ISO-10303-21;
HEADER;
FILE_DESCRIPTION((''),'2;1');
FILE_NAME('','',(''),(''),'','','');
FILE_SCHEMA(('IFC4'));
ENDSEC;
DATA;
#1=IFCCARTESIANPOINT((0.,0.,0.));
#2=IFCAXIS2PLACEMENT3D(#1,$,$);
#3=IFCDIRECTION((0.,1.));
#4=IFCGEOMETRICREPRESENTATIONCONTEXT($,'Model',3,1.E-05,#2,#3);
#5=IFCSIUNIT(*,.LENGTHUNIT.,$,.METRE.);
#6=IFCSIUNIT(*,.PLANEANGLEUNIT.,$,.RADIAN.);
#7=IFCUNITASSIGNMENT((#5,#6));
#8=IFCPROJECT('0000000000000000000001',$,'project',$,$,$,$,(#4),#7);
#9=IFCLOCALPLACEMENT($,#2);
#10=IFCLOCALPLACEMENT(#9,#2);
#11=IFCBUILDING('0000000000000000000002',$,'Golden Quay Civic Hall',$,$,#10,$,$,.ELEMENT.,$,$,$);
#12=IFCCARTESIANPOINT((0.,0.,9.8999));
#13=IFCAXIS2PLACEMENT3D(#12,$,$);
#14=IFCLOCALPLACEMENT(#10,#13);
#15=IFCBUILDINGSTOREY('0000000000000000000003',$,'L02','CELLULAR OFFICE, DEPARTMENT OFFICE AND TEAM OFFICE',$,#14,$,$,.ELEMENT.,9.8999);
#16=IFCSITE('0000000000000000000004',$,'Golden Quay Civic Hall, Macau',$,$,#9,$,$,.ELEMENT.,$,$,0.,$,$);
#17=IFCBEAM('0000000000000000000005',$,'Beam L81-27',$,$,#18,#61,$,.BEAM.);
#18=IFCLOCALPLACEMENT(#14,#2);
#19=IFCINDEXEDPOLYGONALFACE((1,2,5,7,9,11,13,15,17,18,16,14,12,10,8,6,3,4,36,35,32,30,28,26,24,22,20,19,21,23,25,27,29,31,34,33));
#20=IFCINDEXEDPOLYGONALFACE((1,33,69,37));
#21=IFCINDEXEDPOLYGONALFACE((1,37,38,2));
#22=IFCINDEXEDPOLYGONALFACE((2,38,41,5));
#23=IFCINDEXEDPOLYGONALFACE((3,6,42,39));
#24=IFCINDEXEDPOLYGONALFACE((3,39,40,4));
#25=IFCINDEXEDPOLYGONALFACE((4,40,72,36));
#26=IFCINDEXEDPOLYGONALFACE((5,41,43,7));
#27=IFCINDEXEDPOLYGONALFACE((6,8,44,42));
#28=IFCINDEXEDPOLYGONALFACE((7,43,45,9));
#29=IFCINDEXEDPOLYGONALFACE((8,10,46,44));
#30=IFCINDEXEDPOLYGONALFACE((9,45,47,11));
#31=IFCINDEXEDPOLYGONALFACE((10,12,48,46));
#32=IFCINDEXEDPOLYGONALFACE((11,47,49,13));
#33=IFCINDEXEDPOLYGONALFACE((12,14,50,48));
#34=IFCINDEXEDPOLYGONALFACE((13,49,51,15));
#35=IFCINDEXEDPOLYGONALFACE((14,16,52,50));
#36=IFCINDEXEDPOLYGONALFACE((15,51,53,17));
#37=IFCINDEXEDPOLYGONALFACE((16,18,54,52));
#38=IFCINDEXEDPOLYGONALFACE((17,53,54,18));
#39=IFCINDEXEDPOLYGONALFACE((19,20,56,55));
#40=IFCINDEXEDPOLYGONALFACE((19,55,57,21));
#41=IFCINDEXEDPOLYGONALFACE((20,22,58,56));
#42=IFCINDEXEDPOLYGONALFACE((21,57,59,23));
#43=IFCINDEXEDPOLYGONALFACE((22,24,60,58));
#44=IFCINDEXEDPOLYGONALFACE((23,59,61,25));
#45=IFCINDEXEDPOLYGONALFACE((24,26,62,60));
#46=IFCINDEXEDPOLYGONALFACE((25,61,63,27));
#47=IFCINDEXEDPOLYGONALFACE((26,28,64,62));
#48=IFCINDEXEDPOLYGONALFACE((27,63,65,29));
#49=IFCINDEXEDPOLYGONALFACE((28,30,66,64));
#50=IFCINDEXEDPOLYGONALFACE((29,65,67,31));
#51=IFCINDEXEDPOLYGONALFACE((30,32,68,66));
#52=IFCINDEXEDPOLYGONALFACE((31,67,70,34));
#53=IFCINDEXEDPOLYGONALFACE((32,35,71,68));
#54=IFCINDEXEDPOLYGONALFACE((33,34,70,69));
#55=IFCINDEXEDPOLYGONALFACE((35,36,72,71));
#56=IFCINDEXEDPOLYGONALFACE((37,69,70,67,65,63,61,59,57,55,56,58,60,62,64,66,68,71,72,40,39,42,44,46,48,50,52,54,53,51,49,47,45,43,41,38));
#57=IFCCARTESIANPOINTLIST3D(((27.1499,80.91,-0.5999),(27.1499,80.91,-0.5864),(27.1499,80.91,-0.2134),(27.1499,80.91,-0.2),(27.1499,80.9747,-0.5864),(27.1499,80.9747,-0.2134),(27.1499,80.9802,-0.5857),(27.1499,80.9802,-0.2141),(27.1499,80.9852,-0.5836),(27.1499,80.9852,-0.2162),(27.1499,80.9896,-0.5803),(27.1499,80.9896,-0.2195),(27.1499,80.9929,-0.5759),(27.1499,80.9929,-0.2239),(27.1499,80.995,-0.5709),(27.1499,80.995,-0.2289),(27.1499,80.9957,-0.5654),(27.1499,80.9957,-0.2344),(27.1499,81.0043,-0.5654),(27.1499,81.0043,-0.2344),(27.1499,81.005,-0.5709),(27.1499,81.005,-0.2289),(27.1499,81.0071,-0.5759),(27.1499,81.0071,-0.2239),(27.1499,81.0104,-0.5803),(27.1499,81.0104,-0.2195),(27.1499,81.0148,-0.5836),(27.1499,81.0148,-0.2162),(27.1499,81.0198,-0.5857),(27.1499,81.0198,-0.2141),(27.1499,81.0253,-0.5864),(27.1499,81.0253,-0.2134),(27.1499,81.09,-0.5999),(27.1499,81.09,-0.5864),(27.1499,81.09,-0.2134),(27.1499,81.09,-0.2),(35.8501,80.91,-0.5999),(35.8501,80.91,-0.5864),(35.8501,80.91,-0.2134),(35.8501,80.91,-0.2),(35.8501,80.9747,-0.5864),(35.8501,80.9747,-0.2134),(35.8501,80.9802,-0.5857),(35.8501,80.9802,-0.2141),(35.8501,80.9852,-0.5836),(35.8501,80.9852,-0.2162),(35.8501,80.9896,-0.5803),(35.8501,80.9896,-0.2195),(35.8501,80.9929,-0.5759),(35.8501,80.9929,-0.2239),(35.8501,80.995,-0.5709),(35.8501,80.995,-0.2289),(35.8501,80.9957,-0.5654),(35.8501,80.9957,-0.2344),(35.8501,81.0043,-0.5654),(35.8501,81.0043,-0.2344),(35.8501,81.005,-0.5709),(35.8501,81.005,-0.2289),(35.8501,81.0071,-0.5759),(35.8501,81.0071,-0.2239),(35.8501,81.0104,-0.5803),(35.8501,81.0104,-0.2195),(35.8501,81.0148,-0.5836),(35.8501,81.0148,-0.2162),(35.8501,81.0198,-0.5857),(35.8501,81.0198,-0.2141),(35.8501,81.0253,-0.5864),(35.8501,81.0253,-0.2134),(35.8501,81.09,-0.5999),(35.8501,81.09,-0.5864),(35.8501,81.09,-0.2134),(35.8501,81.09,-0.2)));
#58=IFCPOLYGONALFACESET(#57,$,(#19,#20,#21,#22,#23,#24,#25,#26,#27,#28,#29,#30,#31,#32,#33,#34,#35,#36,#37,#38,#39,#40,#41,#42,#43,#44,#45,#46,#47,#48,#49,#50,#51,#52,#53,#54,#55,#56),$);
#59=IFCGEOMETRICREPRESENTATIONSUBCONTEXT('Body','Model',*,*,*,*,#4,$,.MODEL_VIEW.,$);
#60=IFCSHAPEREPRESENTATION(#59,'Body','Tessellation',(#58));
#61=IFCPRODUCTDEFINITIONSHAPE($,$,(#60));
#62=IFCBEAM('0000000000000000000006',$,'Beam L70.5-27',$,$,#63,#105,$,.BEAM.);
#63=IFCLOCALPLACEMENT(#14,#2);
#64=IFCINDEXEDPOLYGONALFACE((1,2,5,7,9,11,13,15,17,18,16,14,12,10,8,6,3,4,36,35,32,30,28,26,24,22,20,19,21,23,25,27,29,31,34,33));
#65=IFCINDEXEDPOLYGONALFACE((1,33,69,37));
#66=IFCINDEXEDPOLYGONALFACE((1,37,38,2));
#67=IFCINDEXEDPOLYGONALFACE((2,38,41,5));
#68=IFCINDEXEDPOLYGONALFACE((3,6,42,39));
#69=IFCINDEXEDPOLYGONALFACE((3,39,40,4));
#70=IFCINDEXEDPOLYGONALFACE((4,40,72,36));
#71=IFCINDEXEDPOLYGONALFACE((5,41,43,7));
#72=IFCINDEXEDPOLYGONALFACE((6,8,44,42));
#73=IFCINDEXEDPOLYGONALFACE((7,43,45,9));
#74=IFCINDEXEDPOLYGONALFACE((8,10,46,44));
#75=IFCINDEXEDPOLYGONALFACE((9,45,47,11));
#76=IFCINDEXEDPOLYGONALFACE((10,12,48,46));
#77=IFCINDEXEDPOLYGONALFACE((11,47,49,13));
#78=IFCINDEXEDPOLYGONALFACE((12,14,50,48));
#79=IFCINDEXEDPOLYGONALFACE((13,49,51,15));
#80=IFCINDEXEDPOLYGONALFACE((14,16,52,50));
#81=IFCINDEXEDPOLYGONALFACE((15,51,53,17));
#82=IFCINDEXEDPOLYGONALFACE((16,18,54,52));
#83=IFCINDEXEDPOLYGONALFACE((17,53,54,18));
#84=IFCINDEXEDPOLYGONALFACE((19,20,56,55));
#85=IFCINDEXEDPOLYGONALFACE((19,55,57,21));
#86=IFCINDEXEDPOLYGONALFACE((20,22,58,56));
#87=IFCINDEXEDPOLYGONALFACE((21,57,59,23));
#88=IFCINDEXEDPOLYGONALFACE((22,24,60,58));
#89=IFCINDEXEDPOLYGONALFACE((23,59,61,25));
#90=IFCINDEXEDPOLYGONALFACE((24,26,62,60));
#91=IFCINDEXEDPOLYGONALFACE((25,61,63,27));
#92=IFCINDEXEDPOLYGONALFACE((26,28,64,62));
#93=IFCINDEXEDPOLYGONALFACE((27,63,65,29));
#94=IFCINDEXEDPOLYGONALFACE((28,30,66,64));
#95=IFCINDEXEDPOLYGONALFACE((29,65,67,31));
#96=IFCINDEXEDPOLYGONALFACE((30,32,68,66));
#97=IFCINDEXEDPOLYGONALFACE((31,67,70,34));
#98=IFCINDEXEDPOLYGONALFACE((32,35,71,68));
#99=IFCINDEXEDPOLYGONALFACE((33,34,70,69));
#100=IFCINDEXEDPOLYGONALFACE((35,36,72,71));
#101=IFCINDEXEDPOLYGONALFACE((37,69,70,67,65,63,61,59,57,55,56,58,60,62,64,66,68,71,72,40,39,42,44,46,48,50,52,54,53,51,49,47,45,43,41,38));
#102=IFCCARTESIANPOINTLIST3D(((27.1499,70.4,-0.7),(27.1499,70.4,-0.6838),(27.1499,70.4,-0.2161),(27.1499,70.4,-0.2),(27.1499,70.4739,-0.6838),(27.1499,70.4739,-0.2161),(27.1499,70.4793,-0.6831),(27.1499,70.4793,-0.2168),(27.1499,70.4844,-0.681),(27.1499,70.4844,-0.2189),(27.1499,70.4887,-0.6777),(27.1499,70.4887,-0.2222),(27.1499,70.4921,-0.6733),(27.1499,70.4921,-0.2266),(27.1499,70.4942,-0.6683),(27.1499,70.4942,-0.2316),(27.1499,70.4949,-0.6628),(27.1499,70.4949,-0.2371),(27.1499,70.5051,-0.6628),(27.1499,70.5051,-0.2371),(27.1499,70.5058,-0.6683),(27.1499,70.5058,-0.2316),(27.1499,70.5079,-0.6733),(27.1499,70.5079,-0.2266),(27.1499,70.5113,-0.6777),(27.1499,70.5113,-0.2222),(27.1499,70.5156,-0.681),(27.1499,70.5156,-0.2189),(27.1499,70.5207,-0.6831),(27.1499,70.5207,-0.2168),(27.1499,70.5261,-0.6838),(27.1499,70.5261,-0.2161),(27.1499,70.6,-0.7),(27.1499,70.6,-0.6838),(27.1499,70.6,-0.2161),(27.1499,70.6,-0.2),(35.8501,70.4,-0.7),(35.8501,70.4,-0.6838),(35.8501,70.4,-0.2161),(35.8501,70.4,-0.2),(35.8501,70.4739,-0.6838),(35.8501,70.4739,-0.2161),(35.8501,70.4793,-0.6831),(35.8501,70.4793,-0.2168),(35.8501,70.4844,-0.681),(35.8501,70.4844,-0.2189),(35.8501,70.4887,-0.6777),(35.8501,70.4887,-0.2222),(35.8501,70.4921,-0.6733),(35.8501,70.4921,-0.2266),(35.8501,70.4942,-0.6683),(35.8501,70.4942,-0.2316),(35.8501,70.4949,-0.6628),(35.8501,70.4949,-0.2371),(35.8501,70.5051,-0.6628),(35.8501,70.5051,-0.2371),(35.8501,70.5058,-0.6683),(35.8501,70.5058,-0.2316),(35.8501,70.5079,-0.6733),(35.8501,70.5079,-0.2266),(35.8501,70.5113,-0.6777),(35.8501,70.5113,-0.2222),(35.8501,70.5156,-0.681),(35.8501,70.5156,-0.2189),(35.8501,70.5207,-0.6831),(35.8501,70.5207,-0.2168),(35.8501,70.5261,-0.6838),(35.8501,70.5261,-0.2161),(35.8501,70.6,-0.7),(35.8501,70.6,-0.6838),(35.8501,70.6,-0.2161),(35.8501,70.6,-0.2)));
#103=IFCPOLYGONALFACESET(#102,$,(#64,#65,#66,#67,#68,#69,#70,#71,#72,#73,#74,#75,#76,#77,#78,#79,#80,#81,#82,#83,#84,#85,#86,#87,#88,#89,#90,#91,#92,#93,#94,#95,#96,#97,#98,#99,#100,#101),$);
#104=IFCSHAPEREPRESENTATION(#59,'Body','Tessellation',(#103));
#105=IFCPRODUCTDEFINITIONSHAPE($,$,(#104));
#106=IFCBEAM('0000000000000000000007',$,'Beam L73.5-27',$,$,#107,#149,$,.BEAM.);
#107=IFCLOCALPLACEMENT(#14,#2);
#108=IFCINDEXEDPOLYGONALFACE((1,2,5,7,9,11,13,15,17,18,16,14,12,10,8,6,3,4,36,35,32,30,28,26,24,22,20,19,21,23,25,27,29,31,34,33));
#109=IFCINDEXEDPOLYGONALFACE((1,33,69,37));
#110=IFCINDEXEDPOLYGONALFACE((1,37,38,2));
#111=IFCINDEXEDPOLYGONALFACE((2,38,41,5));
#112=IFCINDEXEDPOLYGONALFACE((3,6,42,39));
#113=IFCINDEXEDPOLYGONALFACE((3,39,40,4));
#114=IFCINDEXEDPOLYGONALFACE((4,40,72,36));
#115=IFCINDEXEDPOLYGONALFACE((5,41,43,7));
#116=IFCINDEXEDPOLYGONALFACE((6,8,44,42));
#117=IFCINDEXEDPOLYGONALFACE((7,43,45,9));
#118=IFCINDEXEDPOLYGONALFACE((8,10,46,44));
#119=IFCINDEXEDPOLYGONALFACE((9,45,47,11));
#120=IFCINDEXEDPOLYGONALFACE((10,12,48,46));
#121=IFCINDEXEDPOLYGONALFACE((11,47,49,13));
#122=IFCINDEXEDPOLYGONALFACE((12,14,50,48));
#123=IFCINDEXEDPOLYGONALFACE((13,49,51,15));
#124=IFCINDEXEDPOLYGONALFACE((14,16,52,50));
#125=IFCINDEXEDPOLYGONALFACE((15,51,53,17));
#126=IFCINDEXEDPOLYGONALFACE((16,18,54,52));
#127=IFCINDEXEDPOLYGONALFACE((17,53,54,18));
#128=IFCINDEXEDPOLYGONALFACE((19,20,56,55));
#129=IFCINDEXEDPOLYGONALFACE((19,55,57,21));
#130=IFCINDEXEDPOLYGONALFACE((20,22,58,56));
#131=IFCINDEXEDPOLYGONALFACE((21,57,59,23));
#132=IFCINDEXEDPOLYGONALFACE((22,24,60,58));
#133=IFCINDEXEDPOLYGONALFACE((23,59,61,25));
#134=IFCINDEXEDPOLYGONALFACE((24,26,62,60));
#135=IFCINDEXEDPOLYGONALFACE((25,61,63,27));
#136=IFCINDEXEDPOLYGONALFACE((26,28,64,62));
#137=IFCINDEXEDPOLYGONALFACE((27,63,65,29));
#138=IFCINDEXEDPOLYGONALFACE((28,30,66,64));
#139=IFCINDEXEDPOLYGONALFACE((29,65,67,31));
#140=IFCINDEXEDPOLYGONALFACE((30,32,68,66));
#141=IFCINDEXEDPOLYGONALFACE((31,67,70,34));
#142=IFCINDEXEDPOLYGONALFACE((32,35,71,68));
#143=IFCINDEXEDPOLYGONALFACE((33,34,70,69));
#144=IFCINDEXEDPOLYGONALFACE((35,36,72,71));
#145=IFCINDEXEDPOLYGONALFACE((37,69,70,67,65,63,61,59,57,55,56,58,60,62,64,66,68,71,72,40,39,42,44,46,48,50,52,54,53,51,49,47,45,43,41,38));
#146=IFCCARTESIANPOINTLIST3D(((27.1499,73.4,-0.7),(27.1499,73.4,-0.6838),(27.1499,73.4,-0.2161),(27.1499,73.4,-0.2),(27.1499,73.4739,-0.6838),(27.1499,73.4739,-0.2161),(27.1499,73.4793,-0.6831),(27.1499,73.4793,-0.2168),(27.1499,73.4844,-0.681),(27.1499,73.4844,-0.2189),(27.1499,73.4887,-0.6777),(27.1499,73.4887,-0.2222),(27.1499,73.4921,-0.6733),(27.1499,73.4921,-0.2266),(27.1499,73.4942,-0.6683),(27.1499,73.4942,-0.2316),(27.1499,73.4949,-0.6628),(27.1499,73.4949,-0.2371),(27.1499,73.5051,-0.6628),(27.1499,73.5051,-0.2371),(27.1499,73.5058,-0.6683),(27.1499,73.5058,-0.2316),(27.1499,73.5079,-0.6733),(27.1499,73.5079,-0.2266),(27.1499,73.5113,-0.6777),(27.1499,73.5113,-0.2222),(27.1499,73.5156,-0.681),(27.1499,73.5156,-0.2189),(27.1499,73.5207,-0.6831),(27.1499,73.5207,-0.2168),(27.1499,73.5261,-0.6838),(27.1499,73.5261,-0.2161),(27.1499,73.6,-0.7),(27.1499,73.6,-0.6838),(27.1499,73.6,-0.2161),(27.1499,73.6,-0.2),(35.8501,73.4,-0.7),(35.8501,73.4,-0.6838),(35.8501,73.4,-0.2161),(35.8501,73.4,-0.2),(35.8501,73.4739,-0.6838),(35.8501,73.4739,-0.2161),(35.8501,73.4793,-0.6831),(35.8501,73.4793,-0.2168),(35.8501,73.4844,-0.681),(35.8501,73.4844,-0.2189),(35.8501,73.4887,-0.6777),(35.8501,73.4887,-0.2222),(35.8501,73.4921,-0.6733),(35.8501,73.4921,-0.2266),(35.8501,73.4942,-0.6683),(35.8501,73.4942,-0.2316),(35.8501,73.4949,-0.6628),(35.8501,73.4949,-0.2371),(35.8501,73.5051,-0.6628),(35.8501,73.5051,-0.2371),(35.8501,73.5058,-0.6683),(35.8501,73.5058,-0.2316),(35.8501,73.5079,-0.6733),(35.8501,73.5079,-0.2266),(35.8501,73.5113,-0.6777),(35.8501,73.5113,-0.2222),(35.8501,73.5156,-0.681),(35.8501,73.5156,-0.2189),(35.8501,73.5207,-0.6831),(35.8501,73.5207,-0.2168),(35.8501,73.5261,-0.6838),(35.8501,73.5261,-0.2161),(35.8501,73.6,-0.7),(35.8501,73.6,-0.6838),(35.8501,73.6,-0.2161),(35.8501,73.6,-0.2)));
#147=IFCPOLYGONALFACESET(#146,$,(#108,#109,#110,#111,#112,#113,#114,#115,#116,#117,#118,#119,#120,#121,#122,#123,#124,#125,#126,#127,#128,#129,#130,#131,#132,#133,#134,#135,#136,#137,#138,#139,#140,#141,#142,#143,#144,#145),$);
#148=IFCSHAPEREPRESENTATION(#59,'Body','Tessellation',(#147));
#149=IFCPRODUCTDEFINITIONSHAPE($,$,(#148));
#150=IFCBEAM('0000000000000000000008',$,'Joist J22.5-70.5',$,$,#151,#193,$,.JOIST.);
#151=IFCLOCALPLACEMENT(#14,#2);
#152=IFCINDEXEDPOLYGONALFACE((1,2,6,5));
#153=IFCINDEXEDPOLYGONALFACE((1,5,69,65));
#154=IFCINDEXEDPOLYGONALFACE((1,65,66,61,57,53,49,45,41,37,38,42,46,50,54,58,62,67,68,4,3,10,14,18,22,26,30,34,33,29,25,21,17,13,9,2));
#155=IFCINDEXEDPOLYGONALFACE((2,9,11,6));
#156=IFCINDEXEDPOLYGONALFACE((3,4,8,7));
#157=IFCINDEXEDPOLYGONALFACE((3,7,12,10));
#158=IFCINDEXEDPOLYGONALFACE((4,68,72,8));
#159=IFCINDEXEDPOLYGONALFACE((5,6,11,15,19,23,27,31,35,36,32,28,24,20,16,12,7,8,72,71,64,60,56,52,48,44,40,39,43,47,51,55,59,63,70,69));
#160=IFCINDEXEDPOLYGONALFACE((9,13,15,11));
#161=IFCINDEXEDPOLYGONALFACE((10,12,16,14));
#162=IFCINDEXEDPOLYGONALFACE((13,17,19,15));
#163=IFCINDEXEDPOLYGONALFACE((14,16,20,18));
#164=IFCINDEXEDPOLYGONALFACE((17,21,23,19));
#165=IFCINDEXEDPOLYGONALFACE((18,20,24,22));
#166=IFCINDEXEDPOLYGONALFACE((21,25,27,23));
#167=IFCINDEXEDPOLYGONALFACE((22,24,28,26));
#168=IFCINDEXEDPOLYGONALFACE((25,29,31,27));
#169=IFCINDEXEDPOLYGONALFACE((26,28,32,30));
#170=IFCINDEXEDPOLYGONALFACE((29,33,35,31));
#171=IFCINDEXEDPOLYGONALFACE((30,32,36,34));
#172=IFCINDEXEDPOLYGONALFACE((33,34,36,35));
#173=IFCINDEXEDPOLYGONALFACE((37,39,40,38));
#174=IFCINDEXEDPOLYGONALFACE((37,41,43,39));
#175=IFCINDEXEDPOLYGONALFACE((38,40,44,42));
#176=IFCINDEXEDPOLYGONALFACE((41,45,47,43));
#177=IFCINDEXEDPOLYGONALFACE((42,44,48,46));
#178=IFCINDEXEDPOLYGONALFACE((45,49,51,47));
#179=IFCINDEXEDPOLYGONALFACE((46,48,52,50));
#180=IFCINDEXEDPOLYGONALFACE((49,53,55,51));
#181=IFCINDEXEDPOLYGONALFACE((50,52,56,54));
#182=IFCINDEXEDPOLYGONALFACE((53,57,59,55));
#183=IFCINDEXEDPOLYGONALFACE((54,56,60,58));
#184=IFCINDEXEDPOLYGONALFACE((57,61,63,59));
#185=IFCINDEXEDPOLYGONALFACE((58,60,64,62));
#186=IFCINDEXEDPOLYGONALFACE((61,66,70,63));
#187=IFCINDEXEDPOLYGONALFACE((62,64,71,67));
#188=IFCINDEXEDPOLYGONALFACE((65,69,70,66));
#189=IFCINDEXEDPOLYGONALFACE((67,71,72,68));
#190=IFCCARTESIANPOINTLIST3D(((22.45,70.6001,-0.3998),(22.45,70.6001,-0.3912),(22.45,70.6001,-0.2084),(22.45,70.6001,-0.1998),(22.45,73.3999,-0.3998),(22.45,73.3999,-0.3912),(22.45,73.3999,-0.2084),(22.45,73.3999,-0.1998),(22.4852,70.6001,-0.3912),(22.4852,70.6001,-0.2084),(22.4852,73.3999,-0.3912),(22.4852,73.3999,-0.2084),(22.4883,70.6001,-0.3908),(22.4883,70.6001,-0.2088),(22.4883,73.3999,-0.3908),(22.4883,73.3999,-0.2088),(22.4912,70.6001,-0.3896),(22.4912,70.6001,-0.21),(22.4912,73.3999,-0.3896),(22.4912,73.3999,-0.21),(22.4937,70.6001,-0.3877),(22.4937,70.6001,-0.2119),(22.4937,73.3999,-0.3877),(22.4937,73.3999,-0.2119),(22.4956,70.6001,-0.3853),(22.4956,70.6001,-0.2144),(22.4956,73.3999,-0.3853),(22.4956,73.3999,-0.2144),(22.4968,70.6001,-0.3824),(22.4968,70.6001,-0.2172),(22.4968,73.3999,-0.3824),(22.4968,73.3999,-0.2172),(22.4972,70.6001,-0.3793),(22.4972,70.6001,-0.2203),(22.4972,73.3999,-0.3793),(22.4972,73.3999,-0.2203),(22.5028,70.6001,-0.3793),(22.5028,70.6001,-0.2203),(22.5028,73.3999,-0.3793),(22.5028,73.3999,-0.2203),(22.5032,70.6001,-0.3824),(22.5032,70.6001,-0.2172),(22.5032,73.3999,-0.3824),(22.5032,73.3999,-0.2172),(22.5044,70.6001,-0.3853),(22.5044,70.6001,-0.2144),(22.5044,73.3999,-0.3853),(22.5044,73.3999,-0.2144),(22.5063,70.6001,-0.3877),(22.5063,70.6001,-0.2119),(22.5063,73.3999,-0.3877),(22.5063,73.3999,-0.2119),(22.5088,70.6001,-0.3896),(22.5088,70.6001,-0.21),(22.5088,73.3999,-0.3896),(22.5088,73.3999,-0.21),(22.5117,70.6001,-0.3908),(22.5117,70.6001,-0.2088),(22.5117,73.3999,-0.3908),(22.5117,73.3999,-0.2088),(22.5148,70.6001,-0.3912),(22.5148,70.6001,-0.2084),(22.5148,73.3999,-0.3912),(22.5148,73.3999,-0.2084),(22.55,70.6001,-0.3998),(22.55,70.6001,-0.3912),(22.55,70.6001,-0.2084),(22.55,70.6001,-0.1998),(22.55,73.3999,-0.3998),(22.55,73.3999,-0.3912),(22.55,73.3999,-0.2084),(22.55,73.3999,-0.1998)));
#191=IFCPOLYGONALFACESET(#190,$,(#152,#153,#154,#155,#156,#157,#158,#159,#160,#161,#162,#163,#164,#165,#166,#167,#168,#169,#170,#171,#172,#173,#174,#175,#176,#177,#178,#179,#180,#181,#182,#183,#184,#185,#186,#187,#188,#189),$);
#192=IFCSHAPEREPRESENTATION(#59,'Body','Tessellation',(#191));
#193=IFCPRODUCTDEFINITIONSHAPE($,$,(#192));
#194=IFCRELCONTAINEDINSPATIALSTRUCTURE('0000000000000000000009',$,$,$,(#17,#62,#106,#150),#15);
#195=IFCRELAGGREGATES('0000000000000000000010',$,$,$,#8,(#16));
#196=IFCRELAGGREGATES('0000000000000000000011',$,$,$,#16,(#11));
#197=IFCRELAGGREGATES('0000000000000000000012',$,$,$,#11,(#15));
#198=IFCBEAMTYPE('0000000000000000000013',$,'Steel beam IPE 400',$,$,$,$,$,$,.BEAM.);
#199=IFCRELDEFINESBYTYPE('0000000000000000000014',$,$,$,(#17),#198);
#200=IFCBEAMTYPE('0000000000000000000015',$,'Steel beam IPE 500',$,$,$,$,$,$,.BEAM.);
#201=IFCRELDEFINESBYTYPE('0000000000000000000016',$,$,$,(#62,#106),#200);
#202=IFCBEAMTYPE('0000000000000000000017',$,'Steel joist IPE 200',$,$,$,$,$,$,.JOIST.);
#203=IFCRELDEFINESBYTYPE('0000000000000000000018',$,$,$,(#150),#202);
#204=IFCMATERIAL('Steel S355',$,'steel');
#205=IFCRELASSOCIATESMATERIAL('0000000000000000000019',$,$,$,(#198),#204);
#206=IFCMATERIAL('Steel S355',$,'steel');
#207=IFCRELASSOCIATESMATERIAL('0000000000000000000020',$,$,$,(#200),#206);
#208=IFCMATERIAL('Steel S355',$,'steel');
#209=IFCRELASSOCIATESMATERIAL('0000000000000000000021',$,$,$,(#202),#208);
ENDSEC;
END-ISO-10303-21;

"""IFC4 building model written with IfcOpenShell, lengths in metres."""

from ifc_helpers import new_model, si_unit, direction, frame, origin, origin_2d, place, context, subcontext, project, spatial, i_section, extrude, material, material_profile, profile_set, type_object, element, save


model = new_model("IFC4")

# Units and contexts
model_context = context("Model", 3, precision=1e-05, world=origin(), true_north=direction((0.0, 1.0)))
body_context = subcontext(model_context, "Body", "Model", "MODEL_VIEW")
ifc_project = project(units=[si_unit("LENGTHUNIT", "METRE"), si_unit("PLANEANGLEUNIT", "RADIAN")], contexts=[model_context])

# Site, building, storey
site_placement = place(None, origin())
site = spatial("IfcSite", under=ifc_project, at=site_placement, Name="Golden Quay Civic Hall, Macau", CompositionType="ELEMENT", RefElevation=0.0)
building_placement = place(site_placement, origin())
building = spatial("IfcBuilding", under=site, at=building_placement, Name="Golden Quay Civic Hall", CompositionType="ELEMENT")
storey_placement = place(building_placement, frame((0.0, 0.0, 9.8999)))
storey = spatial("IfcBuildingStorey", under=building, at=storey_placement, Name="L02", Description="CELLULAR OFFICE, DEPARTMENT OFFICE AND TEAM OFFICE", CompositionType="ELEMENT", Elevation=9.8999)

# Beams
ifc_material_1 = material(Name="Steel S355", Category="steel")
ifc_material_profile_1 = material_profile(ifc_material_1, i_section(OverallWidth=0.1799, OverallDepth=0.3999, WebThickness=0.0085, FlangeThickness=0.0134, FilletRadius=0.021, at=origin_2d()), Name="IPE 400")
ifc_profile_set_1 = profile_set([ifc_material_profile_1], Name="Steel S355")
beam_type_1 = type_object("IfcBeamType", Name="Steel beam IPE 400", PredefinedType="BEAM", material=ifc_profile_set_1)
beam_1_placement = place(storey_placement, frame((27.1499, 81.0, -0.3999), z_axis=(1.0, 0.0, 0.0), x_axis=(0.0, 1.0, 0.0)))
element("IfcBeam", 1, at=beam_1_placement, inside=storey, type_object=beam_type_1, Name="Beam L81-27", PredefinedType="BEAM", context=body_context, shape_type="SweptSolid", body=[
    extrude(i_section(OverallWidth=0.1799, OverallDepth=0.3999, WebThickness=0.0085, FlangeThickness=0.0134, FilletRadius=0.021, at=origin_2d()), origin(), (0.0, 0.0, 1.0), 8.7002),
])
ifc_material_2 = material(Name="Steel S355", Category="steel")
ifc_material_profile_2 = material_profile(ifc_material_2, i_section(OverallWidth=0.2, OverallDepth=0.5, WebThickness=0.0103, FlangeThickness=0.0161, FilletRadius=0.021, at=origin_2d()), Name="IPE 500")
ifc_profile_set_2 = profile_set([ifc_material_profile_2], Name="Steel S355")
beam_type_2 = type_object("IfcBeamType", Name="Steel beam IPE 500", PredefinedType="BEAM", material=ifc_profile_set_2)
for number, where, z_axis, x_axis, name in (
    (2, (27.1499, 70.5, -0.45), (1.0, 0.0, 0.0), (0.0, 1.0, 0.0), "Beam L70.5-27"),
    (3, (27.1499, 73.5, -0.45), (1.0, 0.0, 0.0), (0.0, 1.0, 0.0), "Beam L73.5-27"),
):
    element("IfcBeam", number, at=place(storey_placement, frame(where, z_axis=z_axis, x_axis=x_axis)), inside=storey, type_object=beam_type_2, Name=name, PredefinedType="BEAM", context=body_context, shape_type="SweptSolid", body=[
        extrude(i_section(OverallWidth=0.2, OverallDepth=0.5, WebThickness=0.0103, FlangeThickness=0.0161, FilletRadius=0.021, at=origin_2d()), origin(), (0.0, 0.0, 1.0), 8.7002),
    ])
ifc_material_3 = material(Name="Steel S355", Category="steel")
ifc_material_profile_3 = material_profile(ifc_material_3, i_section(OverallWidth=0.1001, OverallDepth=0.2, WebThickness=0.0056, FlangeThickness=0.0085, FilletRadius=0.012, at=origin_2d()), Name="IPE 200")
ifc_profile_set_3 = profile_set([ifc_material_profile_3], Name="Steel S355")
beam_type_3 = type_object("IfcBeamType", Name="Steel joist IPE 200", PredefinedType="JOIST", material=ifc_profile_set_3)
for number, where, z_axis, x_axis, name in (
    (4, (22.5, 70.6001, -0.2998), (0.0, 1.0, 0.0), (-1.0, 0.0, 0.0), "Joist J22.5-70.5"),
):
    element("IfcBeam", number, at=place(storey_placement, frame(where, z_axis=z_axis, x_axis=x_axis)), inside=storey, type_object=beam_type_3, Name=name, PredefinedType="JOIST", context=body_context, shape_type="SweptSolid", body=[
        extrude(i_section(OverallWidth=0.1001, OverallDepth=0.2, WebThickness=0.0056, FlangeThickness=0.0085, FilletRadius=0.012, at=origin_2d()), origin(), (0.0, 0.0, 1.0), 2.7998),
    ])

save(model, "model.ifc")
